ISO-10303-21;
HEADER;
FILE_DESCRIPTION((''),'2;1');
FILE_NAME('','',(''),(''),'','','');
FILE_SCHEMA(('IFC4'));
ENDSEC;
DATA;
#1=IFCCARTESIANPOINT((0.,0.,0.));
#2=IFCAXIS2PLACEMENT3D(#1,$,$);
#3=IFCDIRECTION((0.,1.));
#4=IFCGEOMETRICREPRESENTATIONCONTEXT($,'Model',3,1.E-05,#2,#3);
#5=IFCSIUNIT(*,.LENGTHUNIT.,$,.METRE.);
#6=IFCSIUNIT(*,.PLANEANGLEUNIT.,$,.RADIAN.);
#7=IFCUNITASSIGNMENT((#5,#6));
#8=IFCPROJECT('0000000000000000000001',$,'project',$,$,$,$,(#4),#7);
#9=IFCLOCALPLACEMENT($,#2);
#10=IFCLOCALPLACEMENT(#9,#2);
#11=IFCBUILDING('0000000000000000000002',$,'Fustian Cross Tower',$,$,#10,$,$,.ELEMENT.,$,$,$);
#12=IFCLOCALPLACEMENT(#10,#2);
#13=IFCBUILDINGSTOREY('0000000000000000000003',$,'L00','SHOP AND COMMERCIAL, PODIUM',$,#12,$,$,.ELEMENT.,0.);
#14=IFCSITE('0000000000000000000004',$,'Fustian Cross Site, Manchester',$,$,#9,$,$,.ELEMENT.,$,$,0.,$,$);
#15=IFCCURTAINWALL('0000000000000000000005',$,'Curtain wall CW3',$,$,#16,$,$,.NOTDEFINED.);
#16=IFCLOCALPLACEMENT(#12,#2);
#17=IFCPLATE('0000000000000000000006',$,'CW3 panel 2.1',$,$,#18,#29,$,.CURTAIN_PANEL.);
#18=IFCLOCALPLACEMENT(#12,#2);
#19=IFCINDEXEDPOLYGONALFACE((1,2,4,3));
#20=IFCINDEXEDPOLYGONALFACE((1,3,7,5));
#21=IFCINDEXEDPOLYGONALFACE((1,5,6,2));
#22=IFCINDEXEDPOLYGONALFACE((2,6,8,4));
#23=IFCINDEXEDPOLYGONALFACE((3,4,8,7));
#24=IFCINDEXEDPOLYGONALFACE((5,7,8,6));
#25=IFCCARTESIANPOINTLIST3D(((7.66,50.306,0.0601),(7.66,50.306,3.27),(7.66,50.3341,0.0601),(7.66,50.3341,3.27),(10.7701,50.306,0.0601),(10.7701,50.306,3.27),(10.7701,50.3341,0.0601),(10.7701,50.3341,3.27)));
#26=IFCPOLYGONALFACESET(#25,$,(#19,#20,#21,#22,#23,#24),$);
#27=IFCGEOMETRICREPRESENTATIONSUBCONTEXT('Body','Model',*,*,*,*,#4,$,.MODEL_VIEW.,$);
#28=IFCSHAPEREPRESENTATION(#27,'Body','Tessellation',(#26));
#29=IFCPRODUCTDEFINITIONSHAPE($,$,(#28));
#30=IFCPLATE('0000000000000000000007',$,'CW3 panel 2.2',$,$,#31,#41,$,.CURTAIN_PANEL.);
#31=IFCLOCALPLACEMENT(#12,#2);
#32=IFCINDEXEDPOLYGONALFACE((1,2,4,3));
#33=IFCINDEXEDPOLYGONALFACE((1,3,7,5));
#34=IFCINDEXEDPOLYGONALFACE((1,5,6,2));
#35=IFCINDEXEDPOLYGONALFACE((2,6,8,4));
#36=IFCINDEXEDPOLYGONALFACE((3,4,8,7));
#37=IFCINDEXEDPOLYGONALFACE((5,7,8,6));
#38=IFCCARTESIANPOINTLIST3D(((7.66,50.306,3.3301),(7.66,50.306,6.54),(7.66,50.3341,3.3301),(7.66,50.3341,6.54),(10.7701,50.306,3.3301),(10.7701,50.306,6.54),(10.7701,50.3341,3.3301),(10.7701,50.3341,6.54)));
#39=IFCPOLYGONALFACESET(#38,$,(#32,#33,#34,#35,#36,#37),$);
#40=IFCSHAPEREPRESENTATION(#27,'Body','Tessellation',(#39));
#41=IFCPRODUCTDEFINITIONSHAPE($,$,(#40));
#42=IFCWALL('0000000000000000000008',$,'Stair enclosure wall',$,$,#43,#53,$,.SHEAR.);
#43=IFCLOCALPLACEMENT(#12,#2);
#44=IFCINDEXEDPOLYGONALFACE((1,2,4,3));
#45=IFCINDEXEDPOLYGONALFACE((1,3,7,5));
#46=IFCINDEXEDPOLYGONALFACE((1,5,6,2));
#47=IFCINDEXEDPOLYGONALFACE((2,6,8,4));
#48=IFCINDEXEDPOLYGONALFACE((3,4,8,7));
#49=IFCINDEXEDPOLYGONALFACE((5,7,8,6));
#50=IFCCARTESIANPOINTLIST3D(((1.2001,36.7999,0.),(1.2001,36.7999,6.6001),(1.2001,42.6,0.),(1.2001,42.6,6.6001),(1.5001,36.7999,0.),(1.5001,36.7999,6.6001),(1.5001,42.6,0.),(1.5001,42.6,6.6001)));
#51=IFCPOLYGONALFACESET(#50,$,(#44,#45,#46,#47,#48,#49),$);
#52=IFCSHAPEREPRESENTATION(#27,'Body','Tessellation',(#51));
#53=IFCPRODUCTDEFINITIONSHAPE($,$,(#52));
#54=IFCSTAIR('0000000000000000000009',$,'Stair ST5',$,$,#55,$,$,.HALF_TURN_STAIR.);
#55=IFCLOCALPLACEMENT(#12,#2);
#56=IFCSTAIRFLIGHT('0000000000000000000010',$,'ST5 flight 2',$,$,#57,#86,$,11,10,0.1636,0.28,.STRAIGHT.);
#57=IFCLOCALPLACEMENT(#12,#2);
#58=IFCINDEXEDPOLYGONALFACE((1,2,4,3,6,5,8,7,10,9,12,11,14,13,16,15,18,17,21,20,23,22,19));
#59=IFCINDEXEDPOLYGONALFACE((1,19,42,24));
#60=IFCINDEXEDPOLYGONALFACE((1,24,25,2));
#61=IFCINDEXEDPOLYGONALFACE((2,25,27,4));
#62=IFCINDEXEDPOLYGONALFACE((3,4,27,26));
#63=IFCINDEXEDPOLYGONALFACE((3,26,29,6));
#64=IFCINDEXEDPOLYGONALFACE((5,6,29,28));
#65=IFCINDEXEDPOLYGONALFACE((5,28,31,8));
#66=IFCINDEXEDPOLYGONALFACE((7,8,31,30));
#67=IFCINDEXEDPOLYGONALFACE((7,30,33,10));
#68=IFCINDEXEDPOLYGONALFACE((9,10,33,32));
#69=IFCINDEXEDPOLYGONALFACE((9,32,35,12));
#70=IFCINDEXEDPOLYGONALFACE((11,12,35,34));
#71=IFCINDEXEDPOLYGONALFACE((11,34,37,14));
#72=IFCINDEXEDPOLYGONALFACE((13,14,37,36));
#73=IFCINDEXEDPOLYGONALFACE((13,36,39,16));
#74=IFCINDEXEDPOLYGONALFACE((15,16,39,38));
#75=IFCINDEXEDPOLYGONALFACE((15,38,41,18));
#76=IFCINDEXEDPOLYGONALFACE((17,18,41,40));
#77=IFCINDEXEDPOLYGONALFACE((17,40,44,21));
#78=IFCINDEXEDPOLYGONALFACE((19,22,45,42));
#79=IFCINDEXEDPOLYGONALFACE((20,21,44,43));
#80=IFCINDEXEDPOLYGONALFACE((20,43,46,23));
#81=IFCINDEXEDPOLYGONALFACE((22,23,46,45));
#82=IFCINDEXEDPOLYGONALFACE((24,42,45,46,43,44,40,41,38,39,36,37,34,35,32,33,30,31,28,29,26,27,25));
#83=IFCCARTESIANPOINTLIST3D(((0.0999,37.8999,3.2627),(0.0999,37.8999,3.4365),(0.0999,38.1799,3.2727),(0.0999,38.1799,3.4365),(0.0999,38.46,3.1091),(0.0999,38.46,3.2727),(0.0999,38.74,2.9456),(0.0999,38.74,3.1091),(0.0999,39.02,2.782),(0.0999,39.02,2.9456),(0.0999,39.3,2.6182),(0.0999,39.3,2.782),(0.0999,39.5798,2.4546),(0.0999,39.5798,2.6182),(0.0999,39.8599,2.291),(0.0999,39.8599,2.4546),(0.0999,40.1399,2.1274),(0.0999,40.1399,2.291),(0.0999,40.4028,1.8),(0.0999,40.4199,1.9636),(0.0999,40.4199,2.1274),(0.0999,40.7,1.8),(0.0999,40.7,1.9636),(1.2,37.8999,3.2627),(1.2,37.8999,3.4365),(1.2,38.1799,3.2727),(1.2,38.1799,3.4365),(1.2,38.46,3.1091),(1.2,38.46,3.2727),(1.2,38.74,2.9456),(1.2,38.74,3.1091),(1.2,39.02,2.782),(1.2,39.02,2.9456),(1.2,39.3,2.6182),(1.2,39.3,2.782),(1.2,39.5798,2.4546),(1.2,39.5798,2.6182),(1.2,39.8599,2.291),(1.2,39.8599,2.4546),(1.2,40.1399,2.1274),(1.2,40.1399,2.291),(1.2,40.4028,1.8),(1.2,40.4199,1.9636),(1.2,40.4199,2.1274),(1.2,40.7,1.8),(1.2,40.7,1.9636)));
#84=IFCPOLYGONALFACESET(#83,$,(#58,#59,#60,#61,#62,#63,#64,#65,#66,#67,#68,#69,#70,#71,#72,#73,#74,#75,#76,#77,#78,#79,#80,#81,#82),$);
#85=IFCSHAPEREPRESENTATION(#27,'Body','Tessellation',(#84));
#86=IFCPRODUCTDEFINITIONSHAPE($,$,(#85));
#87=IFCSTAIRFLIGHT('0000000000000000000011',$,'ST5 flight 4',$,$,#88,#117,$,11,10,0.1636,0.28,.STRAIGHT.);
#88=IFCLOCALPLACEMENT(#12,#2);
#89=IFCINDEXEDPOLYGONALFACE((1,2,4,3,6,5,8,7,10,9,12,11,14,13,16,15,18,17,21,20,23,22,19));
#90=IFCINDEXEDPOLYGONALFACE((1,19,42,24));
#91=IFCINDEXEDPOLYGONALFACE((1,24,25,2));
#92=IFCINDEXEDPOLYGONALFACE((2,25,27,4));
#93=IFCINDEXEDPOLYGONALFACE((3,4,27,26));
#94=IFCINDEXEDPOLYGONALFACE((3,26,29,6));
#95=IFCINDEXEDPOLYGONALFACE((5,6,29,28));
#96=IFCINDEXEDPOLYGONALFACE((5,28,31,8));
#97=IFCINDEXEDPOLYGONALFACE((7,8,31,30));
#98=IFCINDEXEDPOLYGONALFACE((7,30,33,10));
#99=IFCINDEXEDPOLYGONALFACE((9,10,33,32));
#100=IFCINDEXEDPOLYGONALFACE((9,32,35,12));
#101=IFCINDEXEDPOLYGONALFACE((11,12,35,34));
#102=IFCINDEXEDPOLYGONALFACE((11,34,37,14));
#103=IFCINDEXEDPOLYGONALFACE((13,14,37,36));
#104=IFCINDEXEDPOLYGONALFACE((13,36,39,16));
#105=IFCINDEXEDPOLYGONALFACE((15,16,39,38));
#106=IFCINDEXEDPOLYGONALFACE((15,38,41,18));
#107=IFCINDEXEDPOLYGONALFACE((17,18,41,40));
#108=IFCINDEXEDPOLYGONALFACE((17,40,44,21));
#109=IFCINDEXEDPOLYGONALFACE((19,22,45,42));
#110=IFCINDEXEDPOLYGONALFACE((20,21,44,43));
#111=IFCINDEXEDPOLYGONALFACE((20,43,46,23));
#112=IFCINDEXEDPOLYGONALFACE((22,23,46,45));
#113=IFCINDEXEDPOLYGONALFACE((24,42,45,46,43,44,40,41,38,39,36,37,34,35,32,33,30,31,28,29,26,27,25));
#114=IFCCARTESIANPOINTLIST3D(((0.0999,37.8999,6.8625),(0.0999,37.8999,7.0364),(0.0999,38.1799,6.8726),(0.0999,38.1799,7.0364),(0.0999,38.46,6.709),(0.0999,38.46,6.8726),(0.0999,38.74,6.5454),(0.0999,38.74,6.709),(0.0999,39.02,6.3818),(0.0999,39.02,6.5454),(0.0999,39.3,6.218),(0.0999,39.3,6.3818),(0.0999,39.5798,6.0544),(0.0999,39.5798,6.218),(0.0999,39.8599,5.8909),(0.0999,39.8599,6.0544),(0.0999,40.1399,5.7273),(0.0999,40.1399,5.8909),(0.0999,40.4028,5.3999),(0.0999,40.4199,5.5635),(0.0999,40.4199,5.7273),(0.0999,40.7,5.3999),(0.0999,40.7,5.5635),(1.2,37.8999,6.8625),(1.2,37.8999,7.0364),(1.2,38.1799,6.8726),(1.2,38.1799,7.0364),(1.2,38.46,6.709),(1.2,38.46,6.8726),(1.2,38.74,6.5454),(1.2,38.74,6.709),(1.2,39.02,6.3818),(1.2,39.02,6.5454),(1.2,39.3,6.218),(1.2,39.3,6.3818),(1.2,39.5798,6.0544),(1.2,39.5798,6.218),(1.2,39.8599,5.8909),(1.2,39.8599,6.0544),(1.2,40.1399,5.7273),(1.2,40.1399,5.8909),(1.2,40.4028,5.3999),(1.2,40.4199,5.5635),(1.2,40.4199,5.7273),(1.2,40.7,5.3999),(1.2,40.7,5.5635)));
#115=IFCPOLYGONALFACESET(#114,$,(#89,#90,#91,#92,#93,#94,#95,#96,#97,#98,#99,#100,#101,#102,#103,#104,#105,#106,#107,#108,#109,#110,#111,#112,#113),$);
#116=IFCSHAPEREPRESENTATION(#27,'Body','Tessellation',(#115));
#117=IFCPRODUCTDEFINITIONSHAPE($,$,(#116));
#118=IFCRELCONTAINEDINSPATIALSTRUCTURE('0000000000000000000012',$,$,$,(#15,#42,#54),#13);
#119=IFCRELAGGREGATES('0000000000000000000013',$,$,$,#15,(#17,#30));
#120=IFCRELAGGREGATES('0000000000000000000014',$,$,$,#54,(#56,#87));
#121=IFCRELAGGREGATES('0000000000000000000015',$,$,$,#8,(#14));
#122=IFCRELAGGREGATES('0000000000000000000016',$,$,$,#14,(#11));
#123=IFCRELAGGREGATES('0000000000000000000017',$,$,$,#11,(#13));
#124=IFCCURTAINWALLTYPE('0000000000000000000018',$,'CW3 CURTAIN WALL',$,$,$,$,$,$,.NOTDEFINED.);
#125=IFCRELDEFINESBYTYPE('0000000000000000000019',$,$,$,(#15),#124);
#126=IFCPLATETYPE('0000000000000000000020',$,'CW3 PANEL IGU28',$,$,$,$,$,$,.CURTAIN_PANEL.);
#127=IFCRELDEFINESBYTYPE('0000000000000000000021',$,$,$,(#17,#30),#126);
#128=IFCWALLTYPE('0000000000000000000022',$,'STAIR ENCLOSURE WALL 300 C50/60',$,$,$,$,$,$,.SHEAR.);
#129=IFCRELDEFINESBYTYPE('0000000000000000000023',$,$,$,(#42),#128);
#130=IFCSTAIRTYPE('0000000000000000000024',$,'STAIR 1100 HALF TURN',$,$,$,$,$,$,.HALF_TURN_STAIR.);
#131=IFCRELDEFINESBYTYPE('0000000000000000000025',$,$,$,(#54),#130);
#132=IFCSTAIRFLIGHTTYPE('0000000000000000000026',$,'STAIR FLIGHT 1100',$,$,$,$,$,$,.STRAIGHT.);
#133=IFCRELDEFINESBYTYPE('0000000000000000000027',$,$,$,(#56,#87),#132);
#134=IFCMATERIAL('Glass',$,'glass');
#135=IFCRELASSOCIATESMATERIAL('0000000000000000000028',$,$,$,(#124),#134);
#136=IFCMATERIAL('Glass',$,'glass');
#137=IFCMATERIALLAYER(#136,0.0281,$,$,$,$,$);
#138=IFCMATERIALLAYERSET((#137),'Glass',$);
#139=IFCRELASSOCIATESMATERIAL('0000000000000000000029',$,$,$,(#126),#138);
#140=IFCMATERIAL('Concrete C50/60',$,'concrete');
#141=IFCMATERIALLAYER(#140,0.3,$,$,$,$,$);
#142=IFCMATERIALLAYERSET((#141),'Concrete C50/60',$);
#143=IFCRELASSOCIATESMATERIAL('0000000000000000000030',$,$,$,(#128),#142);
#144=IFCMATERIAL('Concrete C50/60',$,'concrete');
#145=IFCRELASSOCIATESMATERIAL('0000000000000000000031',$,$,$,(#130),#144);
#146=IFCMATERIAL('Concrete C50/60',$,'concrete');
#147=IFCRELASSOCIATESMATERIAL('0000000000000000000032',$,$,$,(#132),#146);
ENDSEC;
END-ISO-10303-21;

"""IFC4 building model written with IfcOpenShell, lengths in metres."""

from ifc_helpers import new_model, si_unit, direction, frame, frame_2d, origin, origin_2d, place, context, subcontext, project, spatial, polyline, rectangle, outline, extrude, material, layer, layer_set, type_object, element, aggregate, save


model = new_model("IFC4")

# Units and contexts
model_context = context("Model", 3, precision=1e-05, world=origin(), true_north=direction((0.0, 1.0)))
body_context = subcontext(model_context, "Body", "Model", "MODEL_VIEW")
ifc_project = project(units=[si_unit("LENGTHUNIT", "METRE"), si_unit("PLANEANGLEUNIT", "RADIAN")], contexts=[model_context])

# Site, building, storey
site_placement = place(None, origin())
site = spatial("IfcSite", under=ifc_project, at=site_placement, Name="Fustian Cross Site, Manchester", CompositionType="ELEMENT", RefElevation=0.0)
building_placement = place(site_placement, origin())
building = spatial("IfcBuilding", under=site, at=building_placement, Name="Fustian Cross Tower", CompositionType="ELEMENT")
storey_placement = place(building_placement, origin())
storey = spatial("IfcBuildingStorey", under=building, at=storey_placement, Name="L00", Description="SHOP AND COMMERCIAL, PODIUM", CompositionType="ELEMENT", Elevation=0.0)

# Curtain wall, plates
ifc_material_1 = material(Name="Glass", Category="glass")
curtain_wall_type = type_object("IfcCurtainWallType", Name="CW3 CURTAIN WALL", PredefinedType="NOTDEFINED", material=ifc_material_1)
curtain_wall_placement = place(storey_placement, origin())
curtain_wall = element("IfcCurtainWall", 1, at=curtain_wall_placement, inside=storey, type_object=curtain_wall_type, Name="Curtain wall CW3", PredefinedType="NOTDEFINED")
ifc_material_2 = material(Name="Glass", Category="glass")
ifc_layer_1 = layer(ifc_material_2, 0.0281)
ifc_layer_set_1 = layer_set([ifc_layer_1], Name="Glass")
plate_type = type_object("IfcPlateType", Name="CW3 PANEL IGU28", PredefinedType="CURTAIN_PANEL", material=ifc_layer_set_1)
plate_1_placement = place(storey_placement, frame((9.2151, 50.3201, 0.0601), z_axis=(0.0, 0.0, 1.0), x_axis=(-1.0, 0.0, 0.0)))
plate_1 = element("IfcPlate", 2, at=plate_1_placement, type_object=plate_type, Name="CW3 panel 2.1", PredefinedType="CURTAIN_PANEL", context=body_context, shape_type="SweptSolid", body=[
    extrude(rectangle(XDim=3.1101, YDim=0.0281, at=origin_2d()), origin(), (0.0, 0.0, 1.0), 3.21),
])
plate_2_placement = place(storey_placement, frame((9.2151, 50.3201, 3.3301), z_axis=(0.0, 0.0, 1.0), x_axis=(-1.0, 0.0, 0.0)))
plate_2 = element("IfcPlate", 3, at=plate_2_placement, type_object=plate_type, Name="CW3 panel 2.2", PredefinedType="CURTAIN_PANEL", context=body_context, shape_type="SweptSolid", body=[
    extrude(rectangle(XDim=3.1101, YDim=0.0281, at=origin_2d()), origin(), (0.0, 0.0, 1.0), 3.21),
])
aggregate(curtain_wall, [plate_1, plate_2])

# Wall
ifc_material_3 = material(Name="Concrete C50/60", Category="concrete")
ifc_layer_2 = layer(ifc_material_3, 0.3)
ifc_layer_set_2 = layer_set([ifc_layer_2], Name="Concrete C50/60")
wall_type_1 = type_object("IfcWallType", Name="STAIR ENCLOSURE WALL 300 C50/60", PredefinedType="SHEAR", material=ifc_layer_set_2)
wall_1_placement = place(storey_placement, frame((1.3501, 36.8, 0.0), z_axis=(0.0, 0.0, 1.0), x_axis=(0.0, 1.0, 0.0)))
element("IfcWall", 4, at=wall_1_placement, inside=storey, type_object=wall_type_1, Name="Stair enclosure wall", PredefinedType="SHEAR", context=body_context, shape_type="SweptSolid", body=[
    extrude(rectangle(XDim=5.8, YDim=0.3, at=frame_2d((2.8999, 0.0))), origin(), (0.0, 0.0, 1.0), 6.6001),
])

# Stair, stair flights
ifc_material_4 = material(Name="Concrete C50/60", Category="concrete")
stair_type = type_object("IfcStairType", Name="STAIR 1100 HALF TURN", PredefinedType="HALF_TURN_STAIR", material=ifc_material_4)
stair_placement = place(storey_placement, origin())
stair = element("IfcStair", 5, at=stair_placement, inside=storey, type_object=stair_type, Name="Stair ST5", PredefinedType="HALF_TURN_STAIR")
ifc_material_5 = material(Name="Concrete C50/60", Category="concrete")
stair_flight_type = type_object("IfcStairFlightType", Name="STAIR FLIGHT 1100", PredefinedType="STRAIGHT", material=ifc_material_5)
stair_flight_1_placement = place(storey_placement, frame((0.6499, 40.7, 1.8), z_axis=(0.0, 0.0, 1.0), x_axis=(0.0, -1.0, 0.0)))
stair_flight_1 = element("IfcStairFlight", 6, at=stair_flight_1_placement, type_object=stair_flight_type, Name="ST5 flight 2", NumberOfRisers=11, NumberOfTreads=10, PredefinedType="STRAIGHT", RiserHeight=0.1636, TreadLength=0.28, context=body_context, shape_type="SweptSolid", body=[
    extrude(outline(polyline([(0.0, 0.0), (0.0, 0.1636), (0.28, 0.1636), (0.28, 0.3274), (0.5601, 0.3274), (0.5601, 0.491), (0.8401, 0.491), (0.8401, 0.6545), (1.1201, 0.6545), (1.1201, 0.8181), (1.3999, 0.8181), (1.3999, 0.9819), (1.6799, 0.9819), (1.6799, 1.1455), (1.96, 1.1455), (1.96, 1.3091), (2.24, 1.3091), (2.24, 1.4727), (2.52, 1.4727), (2.52, 1.6365), (2.8, 1.6365), (2.8, 1.8), (2.8, 1.4626), (0.2971, 0.0), (0.0, 0.0)])), frame((0.0, 0.55, 0.0), z_axis=(0.0, -1.0, 0.0), x_axis=(1.0, 0.0, 0.0)), (0.0, 0.0, 1.0), 1.1001),
])
stair_flight_2_placement = place(storey_placement, frame((0.6499, 40.7, 5.3999), z_axis=(0.0, 0.0, 1.0), x_axis=(0.0, -1.0, 0.0)))
stair_flight_2 = element("IfcStairFlight", 7, at=stair_flight_2_placement, type_object=stair_flight_type, Name="ST5 flight 4", NumberOfRisers=11, NumberOfTreads=10, PredefinedType="STRAIGHT", RiserHeight=0.1636, TreadLength=0.28, context=body_context, shape_type="SweptSolid", body=[
    extrude(outline(polyline([(0.0, 0.0), (0.0, 0.1636), (0.28, 0.1636), (0.28, 0.3274), (0.5601, 0.3274), (0.5601, 0.491), (0.8401, 0.491), (0.8401, 0.6545), (1.1201, 0.6545), (1.1201, 0.8181), (1.3999, 0.8181), (1.3999, 0.9819), (1.6799, 0.9819), (1.6799, 1.1455), (1.96, 1.1455), (1.96, 1.3091), (2.24, 1.3091), (2.24, 1.4727), (2.52, 1.4727), (2.52, 1.6365), (2.8, 1.6365), (2.8, 1.8), (2.8, 1.4626), (0.2971, 0.0), (0.0, 0.0)])), frame((0.0, 0.55, 0.0), z_axis=(0.0, -1.0, 0.0), x_axis=(1.0, 0.0, 0.0)), (0.0, 0.0, 1.0), 1.1001),
])
aggregate(stair, [stair_flight_1, stair_flight_2])

save(model, "model.ifc")
